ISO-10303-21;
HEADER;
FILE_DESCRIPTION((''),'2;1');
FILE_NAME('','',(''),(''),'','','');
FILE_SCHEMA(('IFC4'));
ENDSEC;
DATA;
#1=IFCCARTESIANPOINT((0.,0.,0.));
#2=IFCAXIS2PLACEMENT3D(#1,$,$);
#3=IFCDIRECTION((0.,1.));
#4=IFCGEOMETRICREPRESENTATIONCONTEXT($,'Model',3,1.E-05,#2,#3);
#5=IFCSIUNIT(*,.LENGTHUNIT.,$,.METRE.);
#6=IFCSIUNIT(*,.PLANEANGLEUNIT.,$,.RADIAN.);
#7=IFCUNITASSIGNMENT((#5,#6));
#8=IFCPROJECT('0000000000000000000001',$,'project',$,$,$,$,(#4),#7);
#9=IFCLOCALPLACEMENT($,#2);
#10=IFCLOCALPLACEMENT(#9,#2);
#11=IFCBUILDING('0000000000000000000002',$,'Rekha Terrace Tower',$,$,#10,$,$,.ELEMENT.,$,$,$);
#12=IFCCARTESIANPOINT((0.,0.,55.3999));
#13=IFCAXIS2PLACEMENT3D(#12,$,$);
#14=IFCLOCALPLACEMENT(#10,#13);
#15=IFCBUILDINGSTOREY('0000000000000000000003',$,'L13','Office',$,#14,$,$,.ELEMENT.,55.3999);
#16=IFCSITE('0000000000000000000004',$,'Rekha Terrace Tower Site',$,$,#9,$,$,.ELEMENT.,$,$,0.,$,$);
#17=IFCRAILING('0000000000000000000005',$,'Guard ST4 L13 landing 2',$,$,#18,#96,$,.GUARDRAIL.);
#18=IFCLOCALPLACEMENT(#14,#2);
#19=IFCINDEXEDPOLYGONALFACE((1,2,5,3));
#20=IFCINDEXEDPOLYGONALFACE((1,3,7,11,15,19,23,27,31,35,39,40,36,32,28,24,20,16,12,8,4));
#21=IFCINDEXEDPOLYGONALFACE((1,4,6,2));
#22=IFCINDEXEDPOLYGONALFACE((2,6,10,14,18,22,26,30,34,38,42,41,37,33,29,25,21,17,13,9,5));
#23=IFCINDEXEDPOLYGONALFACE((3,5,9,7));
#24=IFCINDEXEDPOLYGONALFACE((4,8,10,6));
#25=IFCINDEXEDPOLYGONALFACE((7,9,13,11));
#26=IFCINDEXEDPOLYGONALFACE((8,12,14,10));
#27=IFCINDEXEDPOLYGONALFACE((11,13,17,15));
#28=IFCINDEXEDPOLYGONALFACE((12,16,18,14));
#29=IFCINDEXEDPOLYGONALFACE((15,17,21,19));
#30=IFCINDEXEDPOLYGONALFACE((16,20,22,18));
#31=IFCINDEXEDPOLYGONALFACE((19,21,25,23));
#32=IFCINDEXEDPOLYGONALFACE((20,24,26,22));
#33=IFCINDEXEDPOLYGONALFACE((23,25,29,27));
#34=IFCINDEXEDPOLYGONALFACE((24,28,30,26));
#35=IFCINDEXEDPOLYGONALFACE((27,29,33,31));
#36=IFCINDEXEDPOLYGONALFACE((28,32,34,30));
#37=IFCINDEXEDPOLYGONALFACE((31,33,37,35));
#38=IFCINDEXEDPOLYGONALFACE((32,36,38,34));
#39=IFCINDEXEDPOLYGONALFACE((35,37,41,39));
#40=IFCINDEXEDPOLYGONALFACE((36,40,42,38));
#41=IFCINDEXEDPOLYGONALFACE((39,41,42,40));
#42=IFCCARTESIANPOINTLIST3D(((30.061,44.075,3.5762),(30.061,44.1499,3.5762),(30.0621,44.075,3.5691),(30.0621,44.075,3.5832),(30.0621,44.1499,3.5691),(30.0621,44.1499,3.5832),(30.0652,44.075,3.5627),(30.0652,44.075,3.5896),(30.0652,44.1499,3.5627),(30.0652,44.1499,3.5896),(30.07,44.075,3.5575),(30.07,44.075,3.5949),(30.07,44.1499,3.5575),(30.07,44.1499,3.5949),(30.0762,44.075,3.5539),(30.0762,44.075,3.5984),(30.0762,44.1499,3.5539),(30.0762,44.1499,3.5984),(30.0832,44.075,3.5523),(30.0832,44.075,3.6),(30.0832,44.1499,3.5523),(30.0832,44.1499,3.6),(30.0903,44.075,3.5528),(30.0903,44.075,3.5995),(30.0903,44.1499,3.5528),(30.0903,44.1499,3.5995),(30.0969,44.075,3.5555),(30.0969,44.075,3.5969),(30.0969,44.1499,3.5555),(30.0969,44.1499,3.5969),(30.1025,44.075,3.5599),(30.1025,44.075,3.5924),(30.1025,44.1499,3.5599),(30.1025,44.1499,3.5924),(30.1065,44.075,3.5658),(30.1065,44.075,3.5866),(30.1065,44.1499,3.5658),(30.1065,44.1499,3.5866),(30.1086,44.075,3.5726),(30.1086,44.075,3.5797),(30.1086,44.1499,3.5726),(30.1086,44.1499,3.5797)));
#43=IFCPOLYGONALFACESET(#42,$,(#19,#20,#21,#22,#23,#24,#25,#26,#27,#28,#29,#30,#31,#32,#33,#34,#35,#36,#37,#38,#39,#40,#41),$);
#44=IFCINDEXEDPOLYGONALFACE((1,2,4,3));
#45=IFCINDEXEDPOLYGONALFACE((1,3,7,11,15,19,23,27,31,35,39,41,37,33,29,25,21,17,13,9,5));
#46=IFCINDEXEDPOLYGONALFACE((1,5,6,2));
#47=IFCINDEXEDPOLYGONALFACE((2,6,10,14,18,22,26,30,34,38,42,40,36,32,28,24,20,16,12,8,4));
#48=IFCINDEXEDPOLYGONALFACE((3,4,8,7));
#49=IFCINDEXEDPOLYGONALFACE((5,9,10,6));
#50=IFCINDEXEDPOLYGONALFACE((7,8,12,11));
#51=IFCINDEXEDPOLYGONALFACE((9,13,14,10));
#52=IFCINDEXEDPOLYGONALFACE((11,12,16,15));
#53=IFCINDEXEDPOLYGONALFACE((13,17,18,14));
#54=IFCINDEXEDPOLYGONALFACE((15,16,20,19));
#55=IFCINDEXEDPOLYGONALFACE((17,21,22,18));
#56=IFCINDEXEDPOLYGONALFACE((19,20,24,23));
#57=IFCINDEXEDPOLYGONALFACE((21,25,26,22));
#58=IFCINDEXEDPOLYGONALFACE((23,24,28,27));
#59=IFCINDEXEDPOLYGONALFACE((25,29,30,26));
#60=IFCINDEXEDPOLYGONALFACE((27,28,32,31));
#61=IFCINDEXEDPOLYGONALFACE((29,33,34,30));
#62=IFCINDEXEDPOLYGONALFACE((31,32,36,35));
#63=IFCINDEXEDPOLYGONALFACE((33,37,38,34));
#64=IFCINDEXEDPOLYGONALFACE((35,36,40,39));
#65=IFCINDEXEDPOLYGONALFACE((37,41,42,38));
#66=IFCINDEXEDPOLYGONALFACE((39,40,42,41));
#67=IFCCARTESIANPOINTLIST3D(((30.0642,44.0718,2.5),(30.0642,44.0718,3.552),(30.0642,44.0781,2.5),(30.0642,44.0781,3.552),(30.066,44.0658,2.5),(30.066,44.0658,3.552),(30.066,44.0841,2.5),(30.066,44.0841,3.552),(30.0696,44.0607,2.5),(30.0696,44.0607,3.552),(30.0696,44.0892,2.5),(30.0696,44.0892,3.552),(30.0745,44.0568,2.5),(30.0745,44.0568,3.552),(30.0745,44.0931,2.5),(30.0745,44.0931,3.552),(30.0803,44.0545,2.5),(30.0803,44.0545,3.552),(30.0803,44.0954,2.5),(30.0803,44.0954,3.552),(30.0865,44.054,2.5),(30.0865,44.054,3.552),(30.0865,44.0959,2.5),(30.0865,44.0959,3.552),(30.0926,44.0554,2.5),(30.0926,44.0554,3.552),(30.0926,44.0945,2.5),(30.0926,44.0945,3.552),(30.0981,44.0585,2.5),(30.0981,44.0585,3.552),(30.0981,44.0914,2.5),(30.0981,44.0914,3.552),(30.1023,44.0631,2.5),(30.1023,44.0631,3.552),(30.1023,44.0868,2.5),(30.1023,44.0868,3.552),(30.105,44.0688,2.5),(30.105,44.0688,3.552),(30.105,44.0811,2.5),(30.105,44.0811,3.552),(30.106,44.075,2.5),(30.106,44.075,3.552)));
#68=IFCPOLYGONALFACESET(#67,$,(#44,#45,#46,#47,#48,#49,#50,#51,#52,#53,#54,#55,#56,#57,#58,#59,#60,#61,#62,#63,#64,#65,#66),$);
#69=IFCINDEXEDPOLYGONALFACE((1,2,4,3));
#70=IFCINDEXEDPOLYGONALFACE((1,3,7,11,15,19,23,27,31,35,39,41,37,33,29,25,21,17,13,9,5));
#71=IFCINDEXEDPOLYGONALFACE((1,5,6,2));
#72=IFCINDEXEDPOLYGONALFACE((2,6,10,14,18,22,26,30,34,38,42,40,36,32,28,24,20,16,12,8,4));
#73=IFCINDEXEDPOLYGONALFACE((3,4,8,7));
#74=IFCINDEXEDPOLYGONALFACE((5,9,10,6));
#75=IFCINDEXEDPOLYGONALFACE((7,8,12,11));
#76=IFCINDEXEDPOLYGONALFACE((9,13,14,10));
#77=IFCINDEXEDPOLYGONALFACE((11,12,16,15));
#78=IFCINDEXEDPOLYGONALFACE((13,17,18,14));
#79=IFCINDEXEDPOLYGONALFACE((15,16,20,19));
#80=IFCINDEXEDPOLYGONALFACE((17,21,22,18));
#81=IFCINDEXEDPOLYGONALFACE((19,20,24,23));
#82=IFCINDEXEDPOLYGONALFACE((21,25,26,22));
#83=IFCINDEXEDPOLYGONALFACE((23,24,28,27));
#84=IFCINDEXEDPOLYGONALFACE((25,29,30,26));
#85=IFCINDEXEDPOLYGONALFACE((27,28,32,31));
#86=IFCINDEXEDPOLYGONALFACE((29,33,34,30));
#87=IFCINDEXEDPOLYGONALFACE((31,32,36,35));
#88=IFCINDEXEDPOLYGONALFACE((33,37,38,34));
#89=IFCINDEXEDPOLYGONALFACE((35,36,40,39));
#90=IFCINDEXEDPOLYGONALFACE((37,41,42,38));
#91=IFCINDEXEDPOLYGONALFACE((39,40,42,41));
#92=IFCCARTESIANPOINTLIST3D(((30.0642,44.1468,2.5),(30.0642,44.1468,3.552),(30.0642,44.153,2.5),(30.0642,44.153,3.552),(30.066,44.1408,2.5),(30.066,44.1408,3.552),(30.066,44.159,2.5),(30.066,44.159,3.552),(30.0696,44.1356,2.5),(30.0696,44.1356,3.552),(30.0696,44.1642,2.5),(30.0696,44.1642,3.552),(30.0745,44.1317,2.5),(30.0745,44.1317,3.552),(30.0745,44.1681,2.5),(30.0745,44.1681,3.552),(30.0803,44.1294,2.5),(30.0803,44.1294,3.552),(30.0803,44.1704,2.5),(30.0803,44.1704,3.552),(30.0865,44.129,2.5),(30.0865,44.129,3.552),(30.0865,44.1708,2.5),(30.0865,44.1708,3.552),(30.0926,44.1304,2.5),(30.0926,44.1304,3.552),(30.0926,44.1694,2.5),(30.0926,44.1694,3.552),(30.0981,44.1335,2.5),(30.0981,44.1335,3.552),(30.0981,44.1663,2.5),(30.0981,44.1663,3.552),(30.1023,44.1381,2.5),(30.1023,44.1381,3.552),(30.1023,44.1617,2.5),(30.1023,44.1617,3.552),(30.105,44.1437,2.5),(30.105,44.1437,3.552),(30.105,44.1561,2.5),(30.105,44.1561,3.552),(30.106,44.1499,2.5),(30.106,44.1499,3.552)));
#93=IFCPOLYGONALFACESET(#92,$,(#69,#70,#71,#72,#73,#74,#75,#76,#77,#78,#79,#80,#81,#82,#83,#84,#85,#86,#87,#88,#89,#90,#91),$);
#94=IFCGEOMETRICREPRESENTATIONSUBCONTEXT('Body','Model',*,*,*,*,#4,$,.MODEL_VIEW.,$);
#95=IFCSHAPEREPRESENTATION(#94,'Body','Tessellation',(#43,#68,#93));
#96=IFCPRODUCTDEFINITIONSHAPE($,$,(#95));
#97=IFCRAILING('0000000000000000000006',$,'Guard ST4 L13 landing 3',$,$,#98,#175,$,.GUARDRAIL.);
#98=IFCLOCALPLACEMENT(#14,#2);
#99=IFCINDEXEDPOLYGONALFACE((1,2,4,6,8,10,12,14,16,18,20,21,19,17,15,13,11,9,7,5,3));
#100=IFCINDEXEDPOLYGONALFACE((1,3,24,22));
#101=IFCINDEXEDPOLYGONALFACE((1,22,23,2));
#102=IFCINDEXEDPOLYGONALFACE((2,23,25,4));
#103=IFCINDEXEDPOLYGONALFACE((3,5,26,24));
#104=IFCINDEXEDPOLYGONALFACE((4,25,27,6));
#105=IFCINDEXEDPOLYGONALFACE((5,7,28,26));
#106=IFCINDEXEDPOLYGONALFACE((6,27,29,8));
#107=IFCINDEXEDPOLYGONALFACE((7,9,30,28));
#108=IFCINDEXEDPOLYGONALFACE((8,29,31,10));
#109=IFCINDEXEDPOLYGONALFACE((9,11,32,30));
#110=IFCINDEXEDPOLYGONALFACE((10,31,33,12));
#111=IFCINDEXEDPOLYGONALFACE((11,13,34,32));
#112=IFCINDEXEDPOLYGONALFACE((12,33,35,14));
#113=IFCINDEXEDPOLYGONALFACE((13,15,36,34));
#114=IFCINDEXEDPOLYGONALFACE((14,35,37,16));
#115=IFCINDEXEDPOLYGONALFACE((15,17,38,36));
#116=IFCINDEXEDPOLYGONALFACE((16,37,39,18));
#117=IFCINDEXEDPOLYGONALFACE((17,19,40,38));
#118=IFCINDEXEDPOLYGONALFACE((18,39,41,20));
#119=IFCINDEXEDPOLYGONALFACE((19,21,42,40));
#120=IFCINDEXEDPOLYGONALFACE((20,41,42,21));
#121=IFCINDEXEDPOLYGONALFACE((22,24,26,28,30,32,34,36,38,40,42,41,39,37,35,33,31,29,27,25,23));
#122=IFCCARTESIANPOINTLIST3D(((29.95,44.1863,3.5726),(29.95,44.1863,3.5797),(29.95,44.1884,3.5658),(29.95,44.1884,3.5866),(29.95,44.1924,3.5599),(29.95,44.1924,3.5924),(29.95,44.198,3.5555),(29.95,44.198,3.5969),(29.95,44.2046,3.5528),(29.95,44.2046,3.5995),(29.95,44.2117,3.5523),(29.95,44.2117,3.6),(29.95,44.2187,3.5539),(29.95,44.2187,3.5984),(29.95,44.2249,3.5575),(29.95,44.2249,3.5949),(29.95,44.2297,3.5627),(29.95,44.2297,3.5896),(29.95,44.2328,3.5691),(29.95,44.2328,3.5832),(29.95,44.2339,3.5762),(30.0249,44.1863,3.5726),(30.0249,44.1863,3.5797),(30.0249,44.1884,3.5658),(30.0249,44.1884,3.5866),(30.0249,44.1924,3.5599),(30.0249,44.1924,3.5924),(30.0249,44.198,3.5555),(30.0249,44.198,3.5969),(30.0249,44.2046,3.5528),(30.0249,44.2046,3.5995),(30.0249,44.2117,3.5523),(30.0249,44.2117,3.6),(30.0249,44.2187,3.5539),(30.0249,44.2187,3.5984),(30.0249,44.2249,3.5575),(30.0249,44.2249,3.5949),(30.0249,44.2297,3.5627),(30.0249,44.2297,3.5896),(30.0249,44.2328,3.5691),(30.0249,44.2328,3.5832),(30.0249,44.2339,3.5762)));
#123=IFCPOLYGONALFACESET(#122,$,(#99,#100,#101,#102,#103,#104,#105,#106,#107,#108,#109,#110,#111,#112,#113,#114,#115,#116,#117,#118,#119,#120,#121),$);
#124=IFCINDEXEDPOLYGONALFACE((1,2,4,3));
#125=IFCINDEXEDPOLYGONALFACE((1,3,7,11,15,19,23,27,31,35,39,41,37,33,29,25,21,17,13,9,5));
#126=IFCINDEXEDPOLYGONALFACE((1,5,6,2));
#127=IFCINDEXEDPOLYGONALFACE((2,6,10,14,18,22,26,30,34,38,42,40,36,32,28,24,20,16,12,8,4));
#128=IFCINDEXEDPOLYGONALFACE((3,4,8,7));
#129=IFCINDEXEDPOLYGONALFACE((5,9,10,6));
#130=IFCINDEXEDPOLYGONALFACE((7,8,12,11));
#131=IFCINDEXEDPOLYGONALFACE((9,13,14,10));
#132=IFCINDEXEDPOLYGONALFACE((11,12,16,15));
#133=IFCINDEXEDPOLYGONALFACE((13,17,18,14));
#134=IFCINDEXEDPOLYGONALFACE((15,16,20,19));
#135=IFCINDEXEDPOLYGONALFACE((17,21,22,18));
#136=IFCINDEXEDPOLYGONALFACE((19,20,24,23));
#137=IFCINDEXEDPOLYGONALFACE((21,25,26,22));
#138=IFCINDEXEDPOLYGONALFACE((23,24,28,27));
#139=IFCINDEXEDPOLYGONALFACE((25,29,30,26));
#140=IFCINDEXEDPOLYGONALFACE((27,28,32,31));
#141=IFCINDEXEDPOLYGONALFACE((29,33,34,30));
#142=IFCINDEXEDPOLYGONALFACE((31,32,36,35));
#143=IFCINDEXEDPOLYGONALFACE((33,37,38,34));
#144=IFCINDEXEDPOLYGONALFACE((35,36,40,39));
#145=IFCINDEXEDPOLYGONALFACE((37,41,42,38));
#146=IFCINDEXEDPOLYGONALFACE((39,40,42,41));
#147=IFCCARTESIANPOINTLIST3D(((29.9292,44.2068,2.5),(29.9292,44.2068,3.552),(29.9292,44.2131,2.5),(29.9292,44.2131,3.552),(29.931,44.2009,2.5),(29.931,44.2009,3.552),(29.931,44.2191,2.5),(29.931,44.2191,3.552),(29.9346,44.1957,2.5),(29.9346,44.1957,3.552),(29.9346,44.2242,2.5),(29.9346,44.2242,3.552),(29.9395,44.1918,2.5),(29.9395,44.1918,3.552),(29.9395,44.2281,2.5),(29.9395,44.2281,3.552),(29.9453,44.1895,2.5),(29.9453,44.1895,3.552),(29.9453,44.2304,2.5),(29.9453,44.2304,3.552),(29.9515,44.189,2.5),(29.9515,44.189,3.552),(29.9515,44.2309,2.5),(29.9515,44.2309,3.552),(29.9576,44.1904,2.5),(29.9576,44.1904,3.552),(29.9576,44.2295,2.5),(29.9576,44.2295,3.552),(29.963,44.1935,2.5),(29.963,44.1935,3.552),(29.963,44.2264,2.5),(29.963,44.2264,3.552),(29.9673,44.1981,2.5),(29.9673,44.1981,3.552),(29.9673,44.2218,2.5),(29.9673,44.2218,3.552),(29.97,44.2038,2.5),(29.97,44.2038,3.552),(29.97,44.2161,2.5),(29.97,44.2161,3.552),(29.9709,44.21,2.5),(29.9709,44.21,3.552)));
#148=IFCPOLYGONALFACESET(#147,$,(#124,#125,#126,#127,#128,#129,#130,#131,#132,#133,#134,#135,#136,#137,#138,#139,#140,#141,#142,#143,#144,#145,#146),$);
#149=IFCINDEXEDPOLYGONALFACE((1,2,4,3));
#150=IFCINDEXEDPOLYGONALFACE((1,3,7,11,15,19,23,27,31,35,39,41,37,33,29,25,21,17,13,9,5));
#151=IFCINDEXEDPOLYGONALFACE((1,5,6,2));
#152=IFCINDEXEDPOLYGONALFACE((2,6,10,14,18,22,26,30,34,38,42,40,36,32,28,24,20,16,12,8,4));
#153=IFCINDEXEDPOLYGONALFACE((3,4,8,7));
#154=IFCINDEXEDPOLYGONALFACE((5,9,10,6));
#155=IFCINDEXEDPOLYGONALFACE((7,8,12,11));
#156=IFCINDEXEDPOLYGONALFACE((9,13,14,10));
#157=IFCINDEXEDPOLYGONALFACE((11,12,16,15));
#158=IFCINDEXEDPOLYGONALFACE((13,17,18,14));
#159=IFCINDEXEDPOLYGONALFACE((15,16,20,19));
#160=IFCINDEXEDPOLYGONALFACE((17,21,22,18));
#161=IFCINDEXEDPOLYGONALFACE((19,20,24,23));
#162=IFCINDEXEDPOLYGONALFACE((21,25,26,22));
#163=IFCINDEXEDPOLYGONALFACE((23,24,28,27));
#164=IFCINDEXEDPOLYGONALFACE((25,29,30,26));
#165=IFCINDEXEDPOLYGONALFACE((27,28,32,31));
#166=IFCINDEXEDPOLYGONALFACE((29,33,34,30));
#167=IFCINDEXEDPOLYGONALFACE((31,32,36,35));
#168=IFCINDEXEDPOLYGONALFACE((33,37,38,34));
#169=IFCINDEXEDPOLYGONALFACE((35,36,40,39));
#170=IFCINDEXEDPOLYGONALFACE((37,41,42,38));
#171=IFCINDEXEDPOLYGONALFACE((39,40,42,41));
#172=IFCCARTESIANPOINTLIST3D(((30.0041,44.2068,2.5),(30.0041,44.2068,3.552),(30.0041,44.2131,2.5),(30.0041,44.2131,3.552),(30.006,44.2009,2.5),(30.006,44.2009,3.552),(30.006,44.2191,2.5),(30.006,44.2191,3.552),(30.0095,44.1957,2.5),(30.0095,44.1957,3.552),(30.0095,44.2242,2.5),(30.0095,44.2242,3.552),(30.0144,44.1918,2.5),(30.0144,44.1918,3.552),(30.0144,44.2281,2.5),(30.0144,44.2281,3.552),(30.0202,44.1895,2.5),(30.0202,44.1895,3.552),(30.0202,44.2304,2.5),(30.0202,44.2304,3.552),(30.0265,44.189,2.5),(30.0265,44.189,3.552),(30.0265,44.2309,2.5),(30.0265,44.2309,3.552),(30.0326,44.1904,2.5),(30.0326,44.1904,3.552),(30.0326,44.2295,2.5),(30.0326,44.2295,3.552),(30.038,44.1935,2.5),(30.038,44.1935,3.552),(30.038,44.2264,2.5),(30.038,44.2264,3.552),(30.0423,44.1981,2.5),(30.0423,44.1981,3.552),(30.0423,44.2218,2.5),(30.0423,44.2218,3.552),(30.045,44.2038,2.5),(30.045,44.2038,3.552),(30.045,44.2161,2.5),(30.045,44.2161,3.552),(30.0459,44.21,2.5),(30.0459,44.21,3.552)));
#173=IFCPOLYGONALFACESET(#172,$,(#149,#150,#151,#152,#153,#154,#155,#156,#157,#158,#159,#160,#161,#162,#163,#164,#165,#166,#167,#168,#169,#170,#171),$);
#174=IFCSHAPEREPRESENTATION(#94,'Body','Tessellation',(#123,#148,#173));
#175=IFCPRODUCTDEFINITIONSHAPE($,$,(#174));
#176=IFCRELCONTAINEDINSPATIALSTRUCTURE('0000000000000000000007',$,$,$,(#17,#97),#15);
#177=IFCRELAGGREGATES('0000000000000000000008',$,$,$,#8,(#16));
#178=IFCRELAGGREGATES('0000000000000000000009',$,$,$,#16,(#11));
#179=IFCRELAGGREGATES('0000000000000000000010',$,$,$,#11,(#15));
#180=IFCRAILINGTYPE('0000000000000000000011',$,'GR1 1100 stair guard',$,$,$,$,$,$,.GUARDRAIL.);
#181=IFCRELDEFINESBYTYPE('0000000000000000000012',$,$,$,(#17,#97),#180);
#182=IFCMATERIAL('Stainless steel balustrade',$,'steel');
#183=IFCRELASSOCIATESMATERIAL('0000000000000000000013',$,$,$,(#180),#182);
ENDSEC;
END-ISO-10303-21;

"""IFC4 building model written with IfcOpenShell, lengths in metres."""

from ifc_helpers import new_model, si_unit, direction, frame, origin, origin_2d, place, context, subcontext, project, spatial, circle, extrude, material, type_object, element, save


model = new_model("IFC4")

# Units and contexts
model_context = context("Model", 3, precision=1e-05, world=origin(), true_north=direction((0.0, 1.0)))
body_context = subcontext(model_context, "Body", "Model", "MODEL_VIEW")
ifc_project = project(units=[si_unit("LENGTHUNIT", "METRE"), si_unit("PLANEANGLEUNIT", "RADIAN")], contexts=[model_context])

# Site, building, storey
site_placement = place(None, origin())
site = spatial("IfcSite", under=ifc_project, at=site_placement, Name="Rekha Terrace Tower Site", CompositionType="ELEMENT", RefElevation=0.0)
building_placement = place(site_placement, origin())
building = spatial("IfcBuilding", under=site, at=building_placement, Name="Rekha Terrace Tower", CompositionType="ELEMENT")
storey_placement = place(building_placement, frame((0.0, 0.0, 55.3999)))
storey = spatial("IfcBuildingStorey", under=building, at=storey_placement, Name="L13", Description="Office", CompositionType="ELEMENT", Elevation=55.3999)

# Railings
ifc_material_1 = material(Name="Stainless steel balustrade", Category="steel")
railing_type_1 = type_object("IfcRailingType", Name="GR1 1100 stair guard", PredefinedType="GUARDRAIL", material=ifc_material_1)
railing_1_placement = place(storey_placement, frame((30.085, 44.075, 2.5)))
element("IfcRailing", 1, at=railing_1_placement, inside=storey, type_object=railing_type_1, Name="Guard ST4 L13 landing 2", PredefinedType="GUARDRAIL", context=body_context, shape_type="SweptSolid", body=[
    extrude(circle(Radius=0.0239, at=origin_2d()), frame((0.0, 0.0, 1.0762), z_axis=(0.0, 1.0, 0.0), x_axis=(-1.0, 0.0, 0.0)), (0.0, 0.0, 1.0), 0.075),
    extrude(circle(Radius=0.021, at=origin_2d()), origin(), (0.0, 0.0, 1.0), 1.052),
    extrude(circle(Radius=0.021, at=origin_2d()), frame((0.0, 0.075, 0.0)), (0.0, 0.0, 1.0), 1.052),
])
railing_2_placement = place(storey_placement, frame((29.95, 44.21, 2.5)))
element("IfcRailing", 2, at=railing_2_placement, inside=storey, type_object=railing_type_1, Name="Guard ST4 L13 landing 3", PredefinedType="GUARDRAIL", context=body_context, shape_type="SweptSolid", body=[
    extrude(circle(Radius=0.0239, at=origin_2d()), frame((0.0, 0.0, 1.0762), z_axis=(1.0, 0.0, 0.0), x_axis=(0.0, 1.0, 0.0)), (0.0, 0.0, 1.0), 0.075),
    extrude(circle(Radius=0.021, at=origin_2d()), origin(), (0.0, 0.0, 1.0), 1.052),
    extrude(circle(Radius=0.021, at=origin_2d()), frame((0.075, 0.0, 0.0)), (0.0, 0.0, 1.0), 1.052),
])

save(model, "model.ifc")
